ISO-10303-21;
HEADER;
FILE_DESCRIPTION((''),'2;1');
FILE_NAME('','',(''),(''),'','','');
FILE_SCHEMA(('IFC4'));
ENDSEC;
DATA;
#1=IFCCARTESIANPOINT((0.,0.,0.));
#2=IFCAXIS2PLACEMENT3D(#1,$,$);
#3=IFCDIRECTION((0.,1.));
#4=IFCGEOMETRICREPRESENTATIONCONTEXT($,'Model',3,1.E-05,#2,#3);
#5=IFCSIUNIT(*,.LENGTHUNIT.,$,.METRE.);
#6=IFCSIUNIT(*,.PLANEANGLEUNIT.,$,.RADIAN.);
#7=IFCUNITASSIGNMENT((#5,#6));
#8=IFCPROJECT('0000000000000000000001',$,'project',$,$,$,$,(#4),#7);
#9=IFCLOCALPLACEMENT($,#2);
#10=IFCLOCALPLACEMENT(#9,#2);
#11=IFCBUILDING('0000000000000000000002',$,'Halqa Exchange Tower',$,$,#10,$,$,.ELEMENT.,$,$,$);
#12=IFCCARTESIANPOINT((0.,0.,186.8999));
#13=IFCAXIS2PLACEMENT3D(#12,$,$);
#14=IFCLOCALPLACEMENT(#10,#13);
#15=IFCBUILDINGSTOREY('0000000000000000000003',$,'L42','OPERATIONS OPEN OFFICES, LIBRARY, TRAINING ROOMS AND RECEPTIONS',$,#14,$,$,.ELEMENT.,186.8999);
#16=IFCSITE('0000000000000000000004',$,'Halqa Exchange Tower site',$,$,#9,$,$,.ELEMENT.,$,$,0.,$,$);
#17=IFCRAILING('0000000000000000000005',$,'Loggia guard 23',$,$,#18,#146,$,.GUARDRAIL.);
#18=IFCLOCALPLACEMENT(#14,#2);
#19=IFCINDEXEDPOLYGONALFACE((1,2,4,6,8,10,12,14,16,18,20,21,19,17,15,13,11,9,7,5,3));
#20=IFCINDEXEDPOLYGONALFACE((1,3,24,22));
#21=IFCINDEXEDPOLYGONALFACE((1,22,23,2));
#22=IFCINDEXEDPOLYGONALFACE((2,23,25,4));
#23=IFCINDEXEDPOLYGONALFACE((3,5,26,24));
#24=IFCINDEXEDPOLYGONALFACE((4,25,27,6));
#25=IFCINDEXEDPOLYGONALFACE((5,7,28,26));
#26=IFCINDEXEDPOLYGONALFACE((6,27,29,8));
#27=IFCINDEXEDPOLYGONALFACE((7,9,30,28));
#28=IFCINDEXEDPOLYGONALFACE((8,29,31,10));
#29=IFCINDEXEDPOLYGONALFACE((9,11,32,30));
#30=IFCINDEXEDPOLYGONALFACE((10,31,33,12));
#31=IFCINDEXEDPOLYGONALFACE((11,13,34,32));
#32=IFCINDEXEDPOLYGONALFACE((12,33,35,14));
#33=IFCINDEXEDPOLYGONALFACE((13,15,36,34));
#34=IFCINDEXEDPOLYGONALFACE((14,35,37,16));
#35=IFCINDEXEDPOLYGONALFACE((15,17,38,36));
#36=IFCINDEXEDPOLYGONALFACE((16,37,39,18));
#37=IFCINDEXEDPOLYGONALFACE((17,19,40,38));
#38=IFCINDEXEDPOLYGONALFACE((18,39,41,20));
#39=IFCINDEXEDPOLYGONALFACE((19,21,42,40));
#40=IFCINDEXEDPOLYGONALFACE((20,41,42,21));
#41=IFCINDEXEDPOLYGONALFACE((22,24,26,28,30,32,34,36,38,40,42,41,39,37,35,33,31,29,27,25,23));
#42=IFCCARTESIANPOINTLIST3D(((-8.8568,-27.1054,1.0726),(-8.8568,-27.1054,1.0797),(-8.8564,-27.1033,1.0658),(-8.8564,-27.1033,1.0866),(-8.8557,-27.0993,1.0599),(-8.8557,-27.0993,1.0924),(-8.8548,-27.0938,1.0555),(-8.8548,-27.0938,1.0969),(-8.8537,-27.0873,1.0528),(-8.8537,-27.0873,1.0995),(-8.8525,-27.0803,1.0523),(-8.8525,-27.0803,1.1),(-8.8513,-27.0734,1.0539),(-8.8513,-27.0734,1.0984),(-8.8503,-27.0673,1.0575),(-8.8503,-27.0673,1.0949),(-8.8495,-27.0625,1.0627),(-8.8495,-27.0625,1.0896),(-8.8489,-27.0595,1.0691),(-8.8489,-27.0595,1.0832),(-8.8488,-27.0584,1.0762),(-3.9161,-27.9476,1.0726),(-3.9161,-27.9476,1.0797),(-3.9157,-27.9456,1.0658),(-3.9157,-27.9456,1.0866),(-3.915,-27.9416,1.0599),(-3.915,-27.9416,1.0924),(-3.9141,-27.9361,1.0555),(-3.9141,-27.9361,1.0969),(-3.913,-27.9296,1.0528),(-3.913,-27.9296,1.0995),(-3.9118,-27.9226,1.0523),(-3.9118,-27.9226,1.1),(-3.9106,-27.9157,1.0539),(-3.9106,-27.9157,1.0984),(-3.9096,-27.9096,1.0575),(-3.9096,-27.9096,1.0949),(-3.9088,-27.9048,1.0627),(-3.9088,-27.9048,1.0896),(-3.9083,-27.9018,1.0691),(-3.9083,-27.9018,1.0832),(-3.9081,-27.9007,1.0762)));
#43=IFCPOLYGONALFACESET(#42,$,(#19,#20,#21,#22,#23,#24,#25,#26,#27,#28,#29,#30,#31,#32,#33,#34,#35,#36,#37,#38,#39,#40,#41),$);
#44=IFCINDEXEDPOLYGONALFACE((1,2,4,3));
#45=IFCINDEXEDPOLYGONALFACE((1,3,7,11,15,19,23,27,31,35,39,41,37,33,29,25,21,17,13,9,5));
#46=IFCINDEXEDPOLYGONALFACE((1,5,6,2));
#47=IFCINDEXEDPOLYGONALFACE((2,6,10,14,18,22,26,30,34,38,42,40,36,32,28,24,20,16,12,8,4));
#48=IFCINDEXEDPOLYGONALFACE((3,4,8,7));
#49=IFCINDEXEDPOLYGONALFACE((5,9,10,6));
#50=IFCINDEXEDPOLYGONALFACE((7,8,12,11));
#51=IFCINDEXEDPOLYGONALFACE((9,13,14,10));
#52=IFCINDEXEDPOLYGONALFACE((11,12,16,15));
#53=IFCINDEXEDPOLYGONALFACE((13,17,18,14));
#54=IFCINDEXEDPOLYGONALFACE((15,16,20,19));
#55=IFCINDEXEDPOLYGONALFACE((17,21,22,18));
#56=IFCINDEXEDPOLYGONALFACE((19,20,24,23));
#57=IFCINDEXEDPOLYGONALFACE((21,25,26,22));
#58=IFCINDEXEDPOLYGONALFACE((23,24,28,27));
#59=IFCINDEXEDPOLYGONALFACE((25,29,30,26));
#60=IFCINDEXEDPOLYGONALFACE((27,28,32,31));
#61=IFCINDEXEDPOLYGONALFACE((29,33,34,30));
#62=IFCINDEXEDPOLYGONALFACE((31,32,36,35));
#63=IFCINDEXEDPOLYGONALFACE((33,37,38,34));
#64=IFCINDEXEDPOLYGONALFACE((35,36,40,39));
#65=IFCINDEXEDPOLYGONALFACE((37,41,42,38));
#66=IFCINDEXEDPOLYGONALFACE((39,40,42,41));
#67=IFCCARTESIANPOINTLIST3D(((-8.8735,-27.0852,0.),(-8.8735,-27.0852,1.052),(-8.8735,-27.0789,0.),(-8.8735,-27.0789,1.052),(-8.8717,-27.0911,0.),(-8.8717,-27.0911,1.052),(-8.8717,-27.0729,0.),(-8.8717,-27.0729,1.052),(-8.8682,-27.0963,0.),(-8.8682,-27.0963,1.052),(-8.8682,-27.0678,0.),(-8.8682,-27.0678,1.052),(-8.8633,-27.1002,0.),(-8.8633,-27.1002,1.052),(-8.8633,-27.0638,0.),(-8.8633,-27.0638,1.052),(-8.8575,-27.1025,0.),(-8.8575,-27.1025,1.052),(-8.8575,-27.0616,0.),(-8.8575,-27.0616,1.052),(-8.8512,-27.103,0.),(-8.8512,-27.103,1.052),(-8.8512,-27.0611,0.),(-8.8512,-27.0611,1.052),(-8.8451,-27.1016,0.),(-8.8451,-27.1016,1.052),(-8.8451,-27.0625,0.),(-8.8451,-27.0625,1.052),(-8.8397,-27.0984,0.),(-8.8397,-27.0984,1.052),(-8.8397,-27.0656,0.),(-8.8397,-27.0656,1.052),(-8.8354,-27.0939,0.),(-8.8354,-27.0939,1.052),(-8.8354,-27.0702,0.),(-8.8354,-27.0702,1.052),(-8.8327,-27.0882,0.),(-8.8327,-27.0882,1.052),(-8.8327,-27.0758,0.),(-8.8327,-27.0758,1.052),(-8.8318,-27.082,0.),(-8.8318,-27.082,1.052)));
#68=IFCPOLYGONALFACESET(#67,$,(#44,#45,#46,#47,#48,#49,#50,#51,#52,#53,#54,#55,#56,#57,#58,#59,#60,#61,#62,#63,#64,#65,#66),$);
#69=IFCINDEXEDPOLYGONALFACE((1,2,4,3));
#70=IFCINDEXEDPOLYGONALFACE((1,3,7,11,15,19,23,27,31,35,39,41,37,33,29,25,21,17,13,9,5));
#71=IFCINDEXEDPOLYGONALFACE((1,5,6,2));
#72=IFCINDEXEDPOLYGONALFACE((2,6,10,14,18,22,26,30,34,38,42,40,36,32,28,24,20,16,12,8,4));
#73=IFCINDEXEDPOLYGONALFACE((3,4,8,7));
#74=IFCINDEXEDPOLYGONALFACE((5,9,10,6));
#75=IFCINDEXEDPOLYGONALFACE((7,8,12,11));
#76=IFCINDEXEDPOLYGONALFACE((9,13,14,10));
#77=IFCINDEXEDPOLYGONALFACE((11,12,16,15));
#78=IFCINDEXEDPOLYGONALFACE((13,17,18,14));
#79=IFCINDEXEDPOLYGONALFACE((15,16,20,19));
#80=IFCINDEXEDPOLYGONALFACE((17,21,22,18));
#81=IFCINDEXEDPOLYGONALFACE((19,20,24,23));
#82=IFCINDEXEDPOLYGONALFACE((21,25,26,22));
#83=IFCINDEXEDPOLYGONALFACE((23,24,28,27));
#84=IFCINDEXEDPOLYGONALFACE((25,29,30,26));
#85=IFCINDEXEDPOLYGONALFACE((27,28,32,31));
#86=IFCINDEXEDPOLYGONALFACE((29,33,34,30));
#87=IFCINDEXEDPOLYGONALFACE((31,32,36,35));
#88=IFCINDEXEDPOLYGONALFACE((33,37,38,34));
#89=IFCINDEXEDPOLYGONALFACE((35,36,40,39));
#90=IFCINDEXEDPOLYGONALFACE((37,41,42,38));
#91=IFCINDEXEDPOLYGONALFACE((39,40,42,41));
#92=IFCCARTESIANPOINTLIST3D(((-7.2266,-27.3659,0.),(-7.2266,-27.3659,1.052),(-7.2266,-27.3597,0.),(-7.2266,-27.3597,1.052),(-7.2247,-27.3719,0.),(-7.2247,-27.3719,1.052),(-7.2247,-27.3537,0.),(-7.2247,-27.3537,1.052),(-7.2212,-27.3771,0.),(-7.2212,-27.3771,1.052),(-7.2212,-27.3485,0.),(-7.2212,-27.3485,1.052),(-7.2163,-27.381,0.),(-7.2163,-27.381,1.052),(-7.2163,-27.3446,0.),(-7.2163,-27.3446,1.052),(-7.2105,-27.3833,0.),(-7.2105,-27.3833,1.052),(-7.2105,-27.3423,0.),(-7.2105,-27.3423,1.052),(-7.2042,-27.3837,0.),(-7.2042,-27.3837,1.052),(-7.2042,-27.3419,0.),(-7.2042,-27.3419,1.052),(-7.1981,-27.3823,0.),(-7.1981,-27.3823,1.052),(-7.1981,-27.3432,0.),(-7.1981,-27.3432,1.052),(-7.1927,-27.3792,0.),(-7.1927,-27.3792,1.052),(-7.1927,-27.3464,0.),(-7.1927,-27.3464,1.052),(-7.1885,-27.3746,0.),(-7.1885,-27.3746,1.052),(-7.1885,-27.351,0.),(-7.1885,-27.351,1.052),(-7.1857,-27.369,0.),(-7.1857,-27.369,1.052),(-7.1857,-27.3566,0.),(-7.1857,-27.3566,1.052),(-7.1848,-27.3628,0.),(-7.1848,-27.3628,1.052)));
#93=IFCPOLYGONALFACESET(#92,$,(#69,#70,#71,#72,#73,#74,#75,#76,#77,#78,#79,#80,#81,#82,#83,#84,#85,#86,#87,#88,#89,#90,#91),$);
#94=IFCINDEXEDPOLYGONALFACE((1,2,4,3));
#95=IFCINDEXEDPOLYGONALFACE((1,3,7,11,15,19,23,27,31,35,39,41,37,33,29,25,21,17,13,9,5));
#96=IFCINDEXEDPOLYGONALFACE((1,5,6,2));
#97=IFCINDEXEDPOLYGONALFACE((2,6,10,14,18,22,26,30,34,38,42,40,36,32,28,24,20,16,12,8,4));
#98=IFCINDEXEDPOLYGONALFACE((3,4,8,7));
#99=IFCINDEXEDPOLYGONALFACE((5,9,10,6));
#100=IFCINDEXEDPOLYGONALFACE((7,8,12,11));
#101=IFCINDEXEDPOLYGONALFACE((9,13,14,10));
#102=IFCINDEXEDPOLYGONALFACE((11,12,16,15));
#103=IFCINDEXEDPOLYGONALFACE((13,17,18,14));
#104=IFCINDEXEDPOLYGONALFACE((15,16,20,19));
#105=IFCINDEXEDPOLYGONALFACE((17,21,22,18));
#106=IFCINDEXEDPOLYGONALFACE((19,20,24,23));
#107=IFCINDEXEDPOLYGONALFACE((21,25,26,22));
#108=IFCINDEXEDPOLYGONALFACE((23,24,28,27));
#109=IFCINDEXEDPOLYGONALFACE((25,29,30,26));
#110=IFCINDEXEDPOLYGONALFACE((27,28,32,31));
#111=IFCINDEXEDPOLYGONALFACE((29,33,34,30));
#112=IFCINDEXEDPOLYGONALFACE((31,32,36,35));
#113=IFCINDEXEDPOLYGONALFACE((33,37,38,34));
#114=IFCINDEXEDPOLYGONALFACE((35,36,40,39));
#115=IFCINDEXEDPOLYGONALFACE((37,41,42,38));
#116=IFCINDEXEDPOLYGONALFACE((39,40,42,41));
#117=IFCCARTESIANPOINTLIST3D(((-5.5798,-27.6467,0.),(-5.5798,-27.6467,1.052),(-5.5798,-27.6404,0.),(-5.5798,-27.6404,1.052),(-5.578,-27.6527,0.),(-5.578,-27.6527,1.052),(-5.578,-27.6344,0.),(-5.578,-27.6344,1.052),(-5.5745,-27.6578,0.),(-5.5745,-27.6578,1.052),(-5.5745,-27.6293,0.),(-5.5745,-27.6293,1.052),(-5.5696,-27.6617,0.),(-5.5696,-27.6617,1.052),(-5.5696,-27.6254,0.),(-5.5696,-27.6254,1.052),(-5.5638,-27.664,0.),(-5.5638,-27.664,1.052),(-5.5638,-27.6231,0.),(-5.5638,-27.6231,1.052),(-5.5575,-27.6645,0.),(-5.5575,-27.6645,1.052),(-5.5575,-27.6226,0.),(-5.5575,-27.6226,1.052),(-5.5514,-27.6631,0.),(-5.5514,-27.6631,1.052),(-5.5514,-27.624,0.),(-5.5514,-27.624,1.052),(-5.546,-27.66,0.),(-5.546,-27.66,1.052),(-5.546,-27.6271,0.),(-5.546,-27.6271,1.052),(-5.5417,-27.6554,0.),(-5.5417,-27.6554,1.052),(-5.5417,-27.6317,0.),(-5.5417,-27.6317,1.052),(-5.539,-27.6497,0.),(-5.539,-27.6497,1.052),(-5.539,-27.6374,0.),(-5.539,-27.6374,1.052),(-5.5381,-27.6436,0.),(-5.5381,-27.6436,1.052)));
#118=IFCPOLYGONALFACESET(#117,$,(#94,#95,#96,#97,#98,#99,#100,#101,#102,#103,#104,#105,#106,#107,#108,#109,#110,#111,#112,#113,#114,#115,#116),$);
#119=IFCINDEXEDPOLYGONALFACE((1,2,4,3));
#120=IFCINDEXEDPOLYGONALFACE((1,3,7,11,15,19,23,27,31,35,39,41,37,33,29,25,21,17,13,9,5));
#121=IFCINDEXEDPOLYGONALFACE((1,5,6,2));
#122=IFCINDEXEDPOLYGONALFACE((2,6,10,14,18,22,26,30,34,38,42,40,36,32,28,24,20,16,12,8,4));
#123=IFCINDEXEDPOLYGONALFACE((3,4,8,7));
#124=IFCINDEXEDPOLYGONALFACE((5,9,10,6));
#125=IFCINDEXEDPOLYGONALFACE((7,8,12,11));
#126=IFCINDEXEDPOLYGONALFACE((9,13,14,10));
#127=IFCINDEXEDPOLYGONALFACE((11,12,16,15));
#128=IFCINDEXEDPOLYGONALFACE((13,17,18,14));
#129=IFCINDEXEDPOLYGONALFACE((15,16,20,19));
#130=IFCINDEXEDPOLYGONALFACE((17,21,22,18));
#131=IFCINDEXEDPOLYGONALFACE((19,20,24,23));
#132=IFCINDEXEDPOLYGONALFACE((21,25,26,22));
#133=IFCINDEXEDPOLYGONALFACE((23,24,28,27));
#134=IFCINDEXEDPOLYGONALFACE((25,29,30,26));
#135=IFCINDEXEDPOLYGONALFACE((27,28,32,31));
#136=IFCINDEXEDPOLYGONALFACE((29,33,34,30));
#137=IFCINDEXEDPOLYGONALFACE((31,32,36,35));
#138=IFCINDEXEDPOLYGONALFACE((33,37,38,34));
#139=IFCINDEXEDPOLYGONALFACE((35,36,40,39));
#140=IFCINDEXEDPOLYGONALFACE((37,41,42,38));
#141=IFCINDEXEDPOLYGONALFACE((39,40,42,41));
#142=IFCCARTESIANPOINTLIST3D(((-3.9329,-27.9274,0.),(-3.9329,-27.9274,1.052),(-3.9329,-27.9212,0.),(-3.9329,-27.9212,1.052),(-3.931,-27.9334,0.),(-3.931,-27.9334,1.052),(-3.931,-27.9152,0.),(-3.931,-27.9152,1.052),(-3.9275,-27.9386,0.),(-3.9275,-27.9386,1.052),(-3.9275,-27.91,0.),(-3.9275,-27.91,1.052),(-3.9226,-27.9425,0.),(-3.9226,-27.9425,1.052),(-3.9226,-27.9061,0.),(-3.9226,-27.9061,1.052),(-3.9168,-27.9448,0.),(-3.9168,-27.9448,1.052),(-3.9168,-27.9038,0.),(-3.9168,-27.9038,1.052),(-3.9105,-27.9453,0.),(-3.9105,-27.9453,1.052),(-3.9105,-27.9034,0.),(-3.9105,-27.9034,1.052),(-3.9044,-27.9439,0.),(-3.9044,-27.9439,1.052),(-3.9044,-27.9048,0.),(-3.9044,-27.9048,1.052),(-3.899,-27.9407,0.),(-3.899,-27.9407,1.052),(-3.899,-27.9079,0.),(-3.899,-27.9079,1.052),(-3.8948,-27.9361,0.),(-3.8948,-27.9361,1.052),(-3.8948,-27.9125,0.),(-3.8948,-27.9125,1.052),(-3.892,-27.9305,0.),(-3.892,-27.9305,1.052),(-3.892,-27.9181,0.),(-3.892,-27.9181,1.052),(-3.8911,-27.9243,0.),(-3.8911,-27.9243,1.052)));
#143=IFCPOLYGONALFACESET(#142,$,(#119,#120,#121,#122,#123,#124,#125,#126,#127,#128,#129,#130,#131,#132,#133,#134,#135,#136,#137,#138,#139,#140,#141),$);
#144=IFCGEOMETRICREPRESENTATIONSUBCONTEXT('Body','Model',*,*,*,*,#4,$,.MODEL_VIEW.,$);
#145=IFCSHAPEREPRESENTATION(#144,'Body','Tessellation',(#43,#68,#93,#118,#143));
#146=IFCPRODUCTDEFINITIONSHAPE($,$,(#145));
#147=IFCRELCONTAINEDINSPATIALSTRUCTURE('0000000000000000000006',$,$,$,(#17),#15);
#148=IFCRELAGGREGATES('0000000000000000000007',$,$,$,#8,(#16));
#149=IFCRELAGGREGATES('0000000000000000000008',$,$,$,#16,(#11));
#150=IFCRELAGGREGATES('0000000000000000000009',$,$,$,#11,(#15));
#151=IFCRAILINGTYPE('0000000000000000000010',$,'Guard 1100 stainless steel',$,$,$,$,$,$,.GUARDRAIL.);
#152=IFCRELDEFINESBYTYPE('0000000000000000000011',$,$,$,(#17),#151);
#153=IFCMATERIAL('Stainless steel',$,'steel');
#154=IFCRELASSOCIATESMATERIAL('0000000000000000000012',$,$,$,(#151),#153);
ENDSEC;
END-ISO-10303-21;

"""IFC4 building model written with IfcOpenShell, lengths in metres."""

from ifc_helpers import new_model, si_unit, direction, frame, origin, origin_2d, place, context, subcontext, project, spatial, circle, extrude, material, type_object, element, save


model = new_model("IFC4")

# Units and contexts
model_context = context("Model", 3, precision=1e-05, world=origin(), true_north=direction((0.0, 1.0)))
body_context = subcontext(model_context, "Body", "Model", "MODEL_VIEW")
ifc_project = project(units=[si_unit("LENGTHUNIT", "METRE"), si_unit("PLANEANGLEUNIT", "RADIAN")], contexts=[model_context])

# Site, building, storey
site_placement = place(None, origin())
site = spatial("IfcSite", under=ifc_project, at=site_placement, Name="Halqa Exchange Tower site", CompositionType="ELEMENT", RefElevation=0.0)
building_placement = place(site_placement, origin())
building = spatial("IfcBuilding", under=site, at=building_placement, Name="Halqa Exchange Tower", CompositionType="ELEMENT")
storey_placement = place(building_placement, frame((0.0, 0.0, 186.8999)))
storey = spatial("IfcBuildingStorey", under=building, at=storey_placement, Name="L42", Description="OPERATIONS OPEN OFFICES, LIBRARY, TRAINING ROOMS AND RECEPTIONS", CompositionType="ELEMENT", Elevation=186.8999)

# Railing
ifc_material_1 = material(Name="Stainless steel", Category="steel")
railing_type = type_object("IfcRailingType", Name="Guard 1100 stainless steel", PredefinedType="GUARDRAIL", material=ifc_material_1)
railing_1_placement = place(storey_placement, frame((-8.8528, -27.082, 0.0)))
element("IfcRailing", 1, at=railing_1_placement, inside=storey, type_object=railing_type, Name="Loggia guard 23", PredefinedType="GUARDRAIL", context=body_context, shape_type="SweptSolid", body=[
    extrude(circle(Radius=0.0239, at=origin_2d()), frame((0.0, 0.0, 1.0762), z_axis=(0.985778, -0.168055, 0.0), x_axis=(0.168055, 0.985778, 0.0)), (0.0, 0.0, 1.0), 5.012),
    extrude(circle(Radius=0.021, at=origin_2d()), origin(), (0.0, 0.0, 1.0), 1.052),
    extrude(circle(Radius=0.021, at=origin_2d()), frame((1.647, -0.2808, 0.0)), (0.0, 0.0, 1.0), 1.052),
    extrude(circle(Radius=0.021, at=origin_2d()), frame((3.2937, -0.5615, 0.0)), (0.0, 0.0, 1.0), 1.052),
    extrude(circle(Radius=0.021, at=origin_2d()), frame((4.9407, -0.8423, 0.0)), (0.0, 0.0, 1.0), 1.052),
])

save(model, "model.ifc")
